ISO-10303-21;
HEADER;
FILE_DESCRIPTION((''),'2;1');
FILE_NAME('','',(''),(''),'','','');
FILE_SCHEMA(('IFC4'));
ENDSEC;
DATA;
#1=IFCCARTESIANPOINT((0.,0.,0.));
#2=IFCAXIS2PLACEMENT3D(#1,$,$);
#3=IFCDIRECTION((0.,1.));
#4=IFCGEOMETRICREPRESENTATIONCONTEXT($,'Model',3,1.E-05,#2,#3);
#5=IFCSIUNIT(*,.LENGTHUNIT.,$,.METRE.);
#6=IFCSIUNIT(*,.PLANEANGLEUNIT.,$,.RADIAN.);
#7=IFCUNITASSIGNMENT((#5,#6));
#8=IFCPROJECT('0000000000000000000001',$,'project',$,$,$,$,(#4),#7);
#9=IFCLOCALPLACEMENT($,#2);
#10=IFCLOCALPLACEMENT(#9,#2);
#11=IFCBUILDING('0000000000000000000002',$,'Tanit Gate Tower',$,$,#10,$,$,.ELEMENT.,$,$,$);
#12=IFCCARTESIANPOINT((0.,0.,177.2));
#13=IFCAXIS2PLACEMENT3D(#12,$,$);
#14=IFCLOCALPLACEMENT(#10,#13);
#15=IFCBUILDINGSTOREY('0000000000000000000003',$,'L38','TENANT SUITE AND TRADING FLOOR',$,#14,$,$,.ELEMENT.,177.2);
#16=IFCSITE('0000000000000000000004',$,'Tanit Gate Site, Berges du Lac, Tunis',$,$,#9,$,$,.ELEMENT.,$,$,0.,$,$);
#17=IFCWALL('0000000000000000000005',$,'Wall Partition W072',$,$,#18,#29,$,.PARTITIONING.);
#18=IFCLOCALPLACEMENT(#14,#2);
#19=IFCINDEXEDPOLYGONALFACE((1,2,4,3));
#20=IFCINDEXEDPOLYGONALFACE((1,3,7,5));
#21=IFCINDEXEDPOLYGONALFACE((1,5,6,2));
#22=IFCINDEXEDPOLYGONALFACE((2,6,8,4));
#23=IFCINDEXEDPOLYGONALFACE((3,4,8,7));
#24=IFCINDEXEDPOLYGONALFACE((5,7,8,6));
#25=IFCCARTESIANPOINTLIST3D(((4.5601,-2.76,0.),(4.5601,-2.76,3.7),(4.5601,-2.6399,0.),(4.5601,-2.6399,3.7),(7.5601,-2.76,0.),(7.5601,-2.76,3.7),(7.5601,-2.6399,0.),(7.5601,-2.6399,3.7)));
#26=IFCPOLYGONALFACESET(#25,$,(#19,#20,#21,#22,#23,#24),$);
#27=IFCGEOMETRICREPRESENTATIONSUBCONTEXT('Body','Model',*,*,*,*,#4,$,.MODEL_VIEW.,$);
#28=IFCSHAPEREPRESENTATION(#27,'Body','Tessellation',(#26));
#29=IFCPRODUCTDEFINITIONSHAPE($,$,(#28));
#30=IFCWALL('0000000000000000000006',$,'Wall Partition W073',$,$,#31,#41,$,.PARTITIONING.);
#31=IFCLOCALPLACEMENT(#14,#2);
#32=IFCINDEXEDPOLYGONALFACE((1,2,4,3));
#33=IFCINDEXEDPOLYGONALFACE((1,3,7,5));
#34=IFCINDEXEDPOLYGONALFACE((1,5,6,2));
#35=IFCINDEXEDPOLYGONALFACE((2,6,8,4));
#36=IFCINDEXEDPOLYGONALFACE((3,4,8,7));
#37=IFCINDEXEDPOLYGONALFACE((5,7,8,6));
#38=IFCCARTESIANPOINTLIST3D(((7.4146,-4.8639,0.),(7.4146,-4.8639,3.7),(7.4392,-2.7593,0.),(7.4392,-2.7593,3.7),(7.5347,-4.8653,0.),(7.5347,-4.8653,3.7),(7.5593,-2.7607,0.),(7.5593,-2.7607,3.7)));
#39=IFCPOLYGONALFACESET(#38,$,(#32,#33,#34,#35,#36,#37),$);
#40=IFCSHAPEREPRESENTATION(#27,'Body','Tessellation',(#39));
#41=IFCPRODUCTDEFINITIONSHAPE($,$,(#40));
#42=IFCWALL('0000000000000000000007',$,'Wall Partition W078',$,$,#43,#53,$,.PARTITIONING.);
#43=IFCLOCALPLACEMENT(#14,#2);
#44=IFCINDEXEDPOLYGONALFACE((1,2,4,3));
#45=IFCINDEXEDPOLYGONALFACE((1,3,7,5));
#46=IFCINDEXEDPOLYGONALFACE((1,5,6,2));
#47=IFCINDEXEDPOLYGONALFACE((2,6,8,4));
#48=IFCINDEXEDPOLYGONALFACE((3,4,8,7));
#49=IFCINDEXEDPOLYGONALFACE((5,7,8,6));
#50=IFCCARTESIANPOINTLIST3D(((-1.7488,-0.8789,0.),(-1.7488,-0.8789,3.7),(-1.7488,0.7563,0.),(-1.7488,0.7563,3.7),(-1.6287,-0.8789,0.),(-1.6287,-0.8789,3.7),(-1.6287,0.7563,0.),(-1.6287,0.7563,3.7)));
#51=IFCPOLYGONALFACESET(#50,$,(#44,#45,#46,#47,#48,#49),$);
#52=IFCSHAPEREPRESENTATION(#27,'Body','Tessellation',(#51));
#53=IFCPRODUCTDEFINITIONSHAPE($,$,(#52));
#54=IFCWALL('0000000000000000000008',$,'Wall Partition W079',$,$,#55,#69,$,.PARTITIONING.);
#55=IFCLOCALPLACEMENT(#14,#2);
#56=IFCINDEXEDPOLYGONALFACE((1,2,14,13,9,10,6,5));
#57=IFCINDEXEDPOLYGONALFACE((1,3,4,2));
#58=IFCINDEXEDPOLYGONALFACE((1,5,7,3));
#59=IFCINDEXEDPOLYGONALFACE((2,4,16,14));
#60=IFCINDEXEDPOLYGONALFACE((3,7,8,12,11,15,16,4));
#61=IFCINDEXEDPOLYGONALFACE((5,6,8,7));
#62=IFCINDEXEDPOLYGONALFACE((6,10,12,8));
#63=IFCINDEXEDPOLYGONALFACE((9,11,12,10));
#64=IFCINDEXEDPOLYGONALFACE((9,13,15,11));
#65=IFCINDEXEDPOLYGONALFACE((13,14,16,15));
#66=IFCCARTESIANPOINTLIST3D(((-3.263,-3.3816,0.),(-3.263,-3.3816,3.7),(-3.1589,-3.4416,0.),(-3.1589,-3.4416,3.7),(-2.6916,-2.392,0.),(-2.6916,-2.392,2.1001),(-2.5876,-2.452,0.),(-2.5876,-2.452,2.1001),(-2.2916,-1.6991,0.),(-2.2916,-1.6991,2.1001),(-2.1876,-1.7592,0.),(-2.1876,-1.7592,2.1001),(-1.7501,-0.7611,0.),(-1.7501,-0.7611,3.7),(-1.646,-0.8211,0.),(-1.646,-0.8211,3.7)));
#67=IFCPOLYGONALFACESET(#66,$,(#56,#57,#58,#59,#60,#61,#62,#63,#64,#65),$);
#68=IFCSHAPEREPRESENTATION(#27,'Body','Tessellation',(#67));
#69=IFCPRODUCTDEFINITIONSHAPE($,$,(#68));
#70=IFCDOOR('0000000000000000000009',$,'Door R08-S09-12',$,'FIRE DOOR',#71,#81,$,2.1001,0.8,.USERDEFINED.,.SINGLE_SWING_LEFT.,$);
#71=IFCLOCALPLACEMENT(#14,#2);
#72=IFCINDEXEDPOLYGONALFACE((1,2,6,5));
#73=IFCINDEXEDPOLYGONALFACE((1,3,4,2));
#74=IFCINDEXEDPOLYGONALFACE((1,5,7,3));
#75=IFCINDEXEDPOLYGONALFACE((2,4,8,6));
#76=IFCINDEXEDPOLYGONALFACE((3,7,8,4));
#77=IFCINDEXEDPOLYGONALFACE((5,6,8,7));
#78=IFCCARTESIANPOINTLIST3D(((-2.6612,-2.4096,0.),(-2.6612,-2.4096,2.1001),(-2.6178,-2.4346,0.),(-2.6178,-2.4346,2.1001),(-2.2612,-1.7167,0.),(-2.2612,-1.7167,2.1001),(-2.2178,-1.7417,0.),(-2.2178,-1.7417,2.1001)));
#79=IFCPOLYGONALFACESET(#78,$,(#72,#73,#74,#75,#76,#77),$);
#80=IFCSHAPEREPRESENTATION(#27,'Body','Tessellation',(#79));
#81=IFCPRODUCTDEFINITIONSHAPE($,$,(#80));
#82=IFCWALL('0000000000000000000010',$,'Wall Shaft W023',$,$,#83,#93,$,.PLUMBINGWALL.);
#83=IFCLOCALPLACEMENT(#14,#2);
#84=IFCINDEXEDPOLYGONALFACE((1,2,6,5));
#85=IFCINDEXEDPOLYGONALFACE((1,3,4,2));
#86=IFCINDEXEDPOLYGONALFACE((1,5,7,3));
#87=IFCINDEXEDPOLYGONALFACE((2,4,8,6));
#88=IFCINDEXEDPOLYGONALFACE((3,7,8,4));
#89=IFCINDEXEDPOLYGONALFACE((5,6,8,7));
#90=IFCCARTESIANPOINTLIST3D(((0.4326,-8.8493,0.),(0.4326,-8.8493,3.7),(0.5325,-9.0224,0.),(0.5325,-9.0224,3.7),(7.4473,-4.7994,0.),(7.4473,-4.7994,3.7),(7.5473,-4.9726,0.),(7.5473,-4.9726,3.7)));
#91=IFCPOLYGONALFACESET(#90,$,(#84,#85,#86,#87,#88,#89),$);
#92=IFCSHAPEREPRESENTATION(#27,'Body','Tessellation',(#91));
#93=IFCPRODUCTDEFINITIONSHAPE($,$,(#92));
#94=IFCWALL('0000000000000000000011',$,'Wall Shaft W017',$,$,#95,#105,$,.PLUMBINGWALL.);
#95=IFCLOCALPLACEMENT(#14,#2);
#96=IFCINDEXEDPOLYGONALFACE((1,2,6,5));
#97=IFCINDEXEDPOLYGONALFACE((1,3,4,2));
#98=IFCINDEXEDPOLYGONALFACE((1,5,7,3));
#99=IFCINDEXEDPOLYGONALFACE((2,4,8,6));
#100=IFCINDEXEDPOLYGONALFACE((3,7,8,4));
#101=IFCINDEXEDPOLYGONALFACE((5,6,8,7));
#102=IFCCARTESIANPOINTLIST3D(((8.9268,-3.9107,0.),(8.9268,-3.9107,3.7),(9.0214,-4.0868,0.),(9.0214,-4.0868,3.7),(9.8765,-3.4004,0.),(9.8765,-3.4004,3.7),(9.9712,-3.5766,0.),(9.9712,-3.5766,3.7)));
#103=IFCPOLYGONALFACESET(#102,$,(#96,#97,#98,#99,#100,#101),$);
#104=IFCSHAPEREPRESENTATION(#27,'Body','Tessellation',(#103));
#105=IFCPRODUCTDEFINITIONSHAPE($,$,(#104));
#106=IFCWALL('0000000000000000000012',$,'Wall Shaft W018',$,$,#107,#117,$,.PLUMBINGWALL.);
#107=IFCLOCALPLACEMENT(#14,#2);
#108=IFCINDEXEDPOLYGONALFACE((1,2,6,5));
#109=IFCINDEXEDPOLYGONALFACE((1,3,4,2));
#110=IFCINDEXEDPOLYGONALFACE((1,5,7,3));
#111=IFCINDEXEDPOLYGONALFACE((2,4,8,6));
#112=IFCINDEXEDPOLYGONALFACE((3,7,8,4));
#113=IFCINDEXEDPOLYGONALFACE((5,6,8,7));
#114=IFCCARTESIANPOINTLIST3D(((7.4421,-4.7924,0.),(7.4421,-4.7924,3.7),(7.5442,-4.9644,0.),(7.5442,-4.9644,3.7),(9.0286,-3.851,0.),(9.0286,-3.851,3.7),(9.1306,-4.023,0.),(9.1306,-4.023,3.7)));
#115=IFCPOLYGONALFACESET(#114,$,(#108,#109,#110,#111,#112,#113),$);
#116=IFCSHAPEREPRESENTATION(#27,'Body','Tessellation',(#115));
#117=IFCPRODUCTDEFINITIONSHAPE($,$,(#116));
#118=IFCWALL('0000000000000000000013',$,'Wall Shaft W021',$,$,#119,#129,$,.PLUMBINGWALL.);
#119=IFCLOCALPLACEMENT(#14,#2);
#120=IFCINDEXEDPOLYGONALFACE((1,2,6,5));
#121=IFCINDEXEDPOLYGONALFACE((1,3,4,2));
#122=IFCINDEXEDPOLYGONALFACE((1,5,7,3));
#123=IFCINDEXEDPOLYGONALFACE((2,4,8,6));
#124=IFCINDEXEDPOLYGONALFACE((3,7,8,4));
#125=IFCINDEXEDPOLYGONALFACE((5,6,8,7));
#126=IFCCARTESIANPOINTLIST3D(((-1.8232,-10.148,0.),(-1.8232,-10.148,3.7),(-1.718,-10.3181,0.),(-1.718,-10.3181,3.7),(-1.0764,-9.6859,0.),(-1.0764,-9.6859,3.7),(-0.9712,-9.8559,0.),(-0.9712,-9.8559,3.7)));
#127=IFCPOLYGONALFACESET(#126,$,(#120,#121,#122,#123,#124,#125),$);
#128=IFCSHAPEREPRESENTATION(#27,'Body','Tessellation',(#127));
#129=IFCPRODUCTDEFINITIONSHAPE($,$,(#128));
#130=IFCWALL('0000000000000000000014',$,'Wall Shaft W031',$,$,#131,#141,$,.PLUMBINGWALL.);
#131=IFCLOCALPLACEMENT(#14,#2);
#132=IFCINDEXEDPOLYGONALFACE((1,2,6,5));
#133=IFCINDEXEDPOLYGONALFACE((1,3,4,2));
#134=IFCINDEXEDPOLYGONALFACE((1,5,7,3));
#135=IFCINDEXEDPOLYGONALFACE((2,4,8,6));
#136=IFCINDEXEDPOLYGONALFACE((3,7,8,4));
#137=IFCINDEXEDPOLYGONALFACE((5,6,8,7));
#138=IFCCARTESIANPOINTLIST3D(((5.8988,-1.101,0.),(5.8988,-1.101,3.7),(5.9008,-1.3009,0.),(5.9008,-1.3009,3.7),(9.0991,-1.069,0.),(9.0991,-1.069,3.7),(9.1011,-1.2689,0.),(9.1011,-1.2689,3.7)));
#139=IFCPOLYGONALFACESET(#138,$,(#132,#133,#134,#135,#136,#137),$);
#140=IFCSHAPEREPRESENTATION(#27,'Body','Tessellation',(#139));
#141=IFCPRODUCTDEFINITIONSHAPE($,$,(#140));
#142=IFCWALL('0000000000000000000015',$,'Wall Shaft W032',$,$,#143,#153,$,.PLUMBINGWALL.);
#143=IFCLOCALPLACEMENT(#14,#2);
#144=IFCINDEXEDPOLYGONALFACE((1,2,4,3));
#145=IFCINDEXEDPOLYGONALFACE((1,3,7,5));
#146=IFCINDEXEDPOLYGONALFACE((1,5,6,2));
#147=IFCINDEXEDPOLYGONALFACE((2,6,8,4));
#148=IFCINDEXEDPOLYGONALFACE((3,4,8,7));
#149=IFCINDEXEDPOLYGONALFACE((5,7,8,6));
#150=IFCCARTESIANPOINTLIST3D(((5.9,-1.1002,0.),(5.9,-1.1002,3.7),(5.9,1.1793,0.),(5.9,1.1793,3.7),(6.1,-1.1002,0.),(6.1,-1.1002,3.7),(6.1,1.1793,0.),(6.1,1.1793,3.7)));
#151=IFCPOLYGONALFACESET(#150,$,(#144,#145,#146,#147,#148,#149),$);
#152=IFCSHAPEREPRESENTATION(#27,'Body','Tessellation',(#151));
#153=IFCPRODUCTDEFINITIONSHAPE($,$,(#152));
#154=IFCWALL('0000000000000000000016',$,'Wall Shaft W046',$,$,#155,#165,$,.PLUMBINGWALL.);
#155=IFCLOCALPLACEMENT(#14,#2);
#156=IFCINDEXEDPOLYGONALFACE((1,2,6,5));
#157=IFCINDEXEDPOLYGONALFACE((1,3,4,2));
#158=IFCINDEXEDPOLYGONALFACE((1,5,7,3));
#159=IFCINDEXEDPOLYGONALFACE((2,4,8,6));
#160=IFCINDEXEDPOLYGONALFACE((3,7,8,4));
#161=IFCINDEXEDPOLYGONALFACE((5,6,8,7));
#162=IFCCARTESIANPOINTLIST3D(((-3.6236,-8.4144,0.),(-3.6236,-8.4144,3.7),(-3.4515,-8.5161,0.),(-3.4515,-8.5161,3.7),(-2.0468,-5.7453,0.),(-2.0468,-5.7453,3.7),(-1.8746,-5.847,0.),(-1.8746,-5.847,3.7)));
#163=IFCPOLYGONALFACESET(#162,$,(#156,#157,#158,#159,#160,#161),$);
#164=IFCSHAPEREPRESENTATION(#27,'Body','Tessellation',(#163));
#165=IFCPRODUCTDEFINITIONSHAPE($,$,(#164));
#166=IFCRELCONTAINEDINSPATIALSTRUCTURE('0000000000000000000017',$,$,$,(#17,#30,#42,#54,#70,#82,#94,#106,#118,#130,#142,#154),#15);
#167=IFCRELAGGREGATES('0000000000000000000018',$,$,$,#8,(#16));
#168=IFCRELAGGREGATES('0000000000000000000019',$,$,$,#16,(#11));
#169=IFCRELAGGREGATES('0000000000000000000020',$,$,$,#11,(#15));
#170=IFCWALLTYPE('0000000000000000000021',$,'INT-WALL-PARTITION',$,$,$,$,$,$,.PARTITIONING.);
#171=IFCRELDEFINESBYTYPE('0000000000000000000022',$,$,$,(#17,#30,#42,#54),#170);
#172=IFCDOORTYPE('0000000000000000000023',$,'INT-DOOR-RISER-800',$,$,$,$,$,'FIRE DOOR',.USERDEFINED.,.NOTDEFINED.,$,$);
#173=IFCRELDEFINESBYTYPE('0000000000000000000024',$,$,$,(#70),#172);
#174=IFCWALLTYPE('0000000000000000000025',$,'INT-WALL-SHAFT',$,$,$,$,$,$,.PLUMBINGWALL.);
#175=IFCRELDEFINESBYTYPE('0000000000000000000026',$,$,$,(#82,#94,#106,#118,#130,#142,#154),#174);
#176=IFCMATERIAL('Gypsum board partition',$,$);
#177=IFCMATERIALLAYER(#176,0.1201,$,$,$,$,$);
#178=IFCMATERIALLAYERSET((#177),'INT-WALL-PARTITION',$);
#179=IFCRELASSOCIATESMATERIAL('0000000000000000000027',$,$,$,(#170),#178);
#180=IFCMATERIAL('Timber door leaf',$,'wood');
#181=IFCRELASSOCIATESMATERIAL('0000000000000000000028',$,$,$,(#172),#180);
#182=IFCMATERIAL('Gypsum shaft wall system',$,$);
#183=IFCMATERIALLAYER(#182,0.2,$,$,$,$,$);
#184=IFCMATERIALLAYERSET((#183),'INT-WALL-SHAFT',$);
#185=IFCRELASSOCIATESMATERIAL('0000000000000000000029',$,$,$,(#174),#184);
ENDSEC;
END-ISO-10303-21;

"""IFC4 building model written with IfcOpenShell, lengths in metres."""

from ifc_helpers import new_model, si_unit, direction, frame, frame_2d, origin, place, context, subcontext, project, spatial, rectangle, extrude, material, layer, layer_set, type_object, element, fill, save


model = new_model("IFC4")

# Units and contexts
model_context = context("Model", 3, precision=1e-05, world=origin(), true_north=direction((0.0, 1.0)))
body_context = subcontext(model_context, "Body", "Model", "MODEL_VIEW")
ifc_project = project(units=[si_unit("LENGTHUNIT", "METRE"), si_unit("PLANEANGLEUNIT", "RADIAN")], contexts=[model_context])

# Site, building, storey
site_placement = place(None, origin())
site = spatial("IfcSite", under=ifc_project, at=site_placement, Name="Tanit Gate Site, Berges du Lac, Tunis", CompositionType="ELEMENT", RefElevation=0.0)
building_placement = place(site_placement, origin())
building = spatial("IfcBuilding", under=site, at=building_placement, Name="Tanit Gate Tower", CompositionType="ELEMENT")
storey_placement = place(building_placement, frame((0.0, 0.0, 177.2)))
storey = spatial("IfcBuildingStorey", under=building, at=storey_placement, Name="L38", Description="TENANT SUITE AND TRADING FLOOR", CompositionType="ELEMENT", Elevation=177.2)

# Shared definitions
ifc_material_1 = material(Name="Gypsum board partition")
ifc_layer_1 = layer(ifc_material_1, 0.1201)
ifc_layer_set_1 = layer_set([ifc_layer_1], Name="INT-WALL-PARTITION")
wall_type_1 = type_object("IfcWallType", Name="INT-WALL-PARTITION", PredefinedType="PARTITIONING", material=ifc_layer_set_1)
ifc_material_2 = material(Name="Timber door leaf", Category="wood")
door_type_1 = type_object("IfcDoorType", Name="INT-DOOR-RISER-800", ElementType="FIRE DOOR", OperationType="NOTDEFINED", PredefinedType="USERDEFINED", material=ifc_material_2)

# Walls
wall_1_placement = place(storey_placement, frame((7.5601, -2.7, 0.0), z_axis=(0.0, 0.0, 1.0), x_axis=(-1.0, 0.0, 0.0)))
element("IfcWall", 1, at=wall_1_placement, inside=storey, type_object=wall_type_1, Name="Wall Partition W072", PredefinedType="PARTITIONING", context=body_context, shape_type="SweptSolid", body=[
    extrude(rectangle(XDim=3.0, YDim=0.1201, at=frame_2d((1.5, 0.0))), origin(), (0.0, 0.0, 1.0), 3.7),
])
wall_2_placement = place(storey_placement, frame((7.4746, -4.8645, 0.0), z_axis=(0.0, 0.0, 1.0), x_axis=(0.011716, 0.999931, 0.0)))
element("IfcWall", 2, at=wall_2_placement, inside=storey, type_object=wall_type_1, Name="Wall Partition W073", PredefinedType="PARTITIONING", context=body_context, shape_type="SweptSolid", body=[
    extrude(rectangle(XDim=2.1047, YDim=0.1201, at=frame_2d((1.0522, 0.0))), origin(), (0.0, 0.0, 1.0), 3.7),
])
wall_3_placement = place(storey_placement, frame((-1.6887, -0.8789, 0.0), z_axis=(0.0, 0.0, 1.0), x_axis=(0.0, 1.0, 0.0)))
element("IfcWall", 3, at=wall_3_placement, inside=storey, type_object=wall_type_1, Name="Wall Partition W078", PredefinedType="PARTITIONING", context=body_context, shape_type="SweptSolid", body=[
    extrude(rectangle(XDim=1.6353, YDim=0.1201, at=frame_2d((0.8176, 0.0))), origin(), (0.0, 0.0, 1.0), 3.7),
])

# Wall, opening, door
wall_4_placement = place(storey_placement, frame((-3.2109, -3.4116, 0.0), z_axis=(0.0, 0.0, 1.0), x_axis=(0.499983, 0.866035, 0.0)))
wall_4 = element("IfcWall", 4, at=wall_4_placement, inside=storey, type_object=wall_type_1, Name="Wall Partition W079", PredefinedType="PARTITIONING", context=body_context, shape_type="SweptSolid", body=[
    extrude(rectangle(XDim=3.0259, YDim=0.1201, at=frame_2d((1.5129, 0.0))), origin(), (0.0, 0.0, 1.0), 3.7),
])
opening_1_placement = place(wall_4_placement, frame((1.1428, 0.0, 0.0)))
opening_1 = element("IfcOpeningElement", 5, at=opening_1_placement, cuts=wall_4, PredefinedType="OPENING", context=body_context, shape_type="SweptSolid", body=[
    extrude(rectangle(XDim=0.8, YDim=2.1001, at=frame_2d((0.3999, 1.05))), frame((0.0, 0.0701, 0.0), z_axis=(0.0, -1.0, 0.0), x_axis=(1.0, 0.0, 0.0)), (0.0, 0.0, 1.0), 0.1401),
])
door_1_placement = place(opening_1_placement, origin())
door_1 = element("IfcDoor", 6, at=door_1_placement, inside=storey, type_object=door_type_1, Name="Door R08-S09-12", ObjectType="FIRE DOOR", OperationType="SINGLE_SWING_LEFT", OverallHeight=2.1001, OverallWidth=0.8, PredefinedType="USERDEFINED", context=body_context, shape_type="SweptSolid", body=[
    extrude(rectangle(XDim=0.8, YDim=2.1001, at=frame_2d((0.3999, 1.05))), frame((0.0, 0.0249, 0.0), z_axis=(0.0, -1.0, 0.0), x_axis=(1.0, 0.0, 0.0)), (0.0, 0.0, 1.0), 0.05),
])
fill(opening_1, door_1)

# Walls
ifc_material_3 = material(Name="Gypsum shaft wall system")
ifc_layer_2 = layer(ifc_material_3, 0.2)
ifc_layer_set_2 = layer_set([ifc_layer_2], Name="INT-WALL-SHAFT")
wall_type_2 = type_object("IfcWallType", Name="INT-WALL-SHAFT", PredefinedType="PLUMBINGWALL", material=ifc_layer_set_2)
wall_5_placement = place(storey_placement, frame((0.4827, -8.9358, 0.0), z_axis=(0.0, 0.0, 1.0), x_axis=(0.866031, 0.49999, 0.0)))
element("IfcWall", 7, at=wall_5_placement, inside=storey, type_object=wall_type_2, Name="Wall Shaft W023", PredefinedType="PLUMBINGWALL", context=body_context, shape_type="SweptSolid", body=[
    extrude(rectangle(XDim=8.0999, YDim=0.2, at=frame_2d((4.0498, 0.0))), origin(), (0.0, 0.0, 1.0), 3.7),
])
wall_6_placement = place(storey_placement, frame((8.9741, -3.9988, 0.0), z_axis=(0.0, 0.0, 1.0), x_axis=(0.880907, 0.473289, 0.0)))
element("IfcWall", 8, at=wall_6_placement, inside=storey, type_object=wall_type_2, Name="Wall Shaft W017", PredefinedType="PLUMBINGWALL", context=body_context, shape_type="SweptSolid", body=[
    extrude(rectangle(XDim=1.0781, YDim=0.2, at=frame_2d((0.5391, 0.0))), origin(), (0.0, 0.0, 1.0), 3.7),
])
wall_7_placement = place(storey_placement, frame((7.4932, -4.8784, 0.0), z_axis=(0.0, 0.0, 1.0), x_axis=(0.859982, 0.510325, 0.0)))
element("IfcWall", 9, at=wall_7_placement, inside=storey, type_object=wall_type_2, Name="Wall Shaft W018", PredefinedType="PLUMBINGWALL", context=body_context, shape_type="SweptSolid", body=[
    extrude(rectangle(XDim=1.8447, YDim=0.2, at=frame_2d((0.9224, 0.0))), origin(), (0.0, 0.0, 1.0), 3.7),
])
wall_8_placement = place(storey_placement, frame((-1.0239, -9.771, 0.0), z_axis=(0.0, 0.0, 1.0), x_axis=(-0.850348, -0.526221, 0.0)))
element("IfcWall", 10, at=wall_8_placement, inside=storey, type_object=wall_type_2, Name="Wall Shaft W021", PredefinedType="PLUMBINGWALL", context=body_context, shape_type="SweptSolid", body=[
    extrude(rectangle(XDim=0.8782, YDim=0.2, at=frame_2d((0.439, 0.0))), origin(), (0.0, 0.0, 1.0), 3.7),
])
wall_9_placement = place(storey_placement, frame((5.8999, -1.2009, 0.0), z_axis=(0.0, 0.0, 1.0), x_axis=(0.99995, 0.009993, 0.0)))
element("IfcWall", 11, at=wall_9_placement, inside=storey, type_object=wall_type_2, Name="Wall Shaft W031", PredefinedType="PLUMBINGWALL", context=body_context, shape_type="SweptSolid", body=[
    extrude(rectangle(XDim=3.2004, YDim=0.2, at=frame_2d((1.6001, 0.0))), origin(), (0.0, 0.0, 1.0), 3.7),
])
wall_10_placement = place(storey_placement, frame((6.0, -1.1001, 0.0), z_axis=(0.0, 0.0, 1.0), x_axis=(0.0, 1.0, 0.0)))
element("IfcWall", 12, at=wall_10_placement, inside=storey, type_object=wall_type_2, Name="Wall Shaft W032", PredefinedType="PLUMBINGWALL", context=body_context, shape_type="SweptSolid", body=[
    extrude(rectangle(XDim=2.2795, YDim=0.2, at=frame_2d((1.1396, 0.0))), origin(), (0.0, 0.0, 1.0), 3.7),
])

# Wall
wall_11_placement = place(storey_placement, frame((-1.9607, -5.7961, 0.0), z_axis=(0.0, 0.0, 1.0), x_axis=(-0.508647, -0.860975, 0.0)))
element("IfcWall", 13, at=wall_11_placement, inside=storey, type_object=wall_type_2, Name="Wall Shaft W046", PredefinedType="PLUMBINGWALL", context=body_context, shape_type="SweptSolid", body=[
    extrude(rectangle(XDim=3.1001, YDim=0.2, at=frame_2d((1.55, 0.0))), origin(), (0.0, 0.0, 1.0), 3.7),
])

save(model, "model.ifc")
